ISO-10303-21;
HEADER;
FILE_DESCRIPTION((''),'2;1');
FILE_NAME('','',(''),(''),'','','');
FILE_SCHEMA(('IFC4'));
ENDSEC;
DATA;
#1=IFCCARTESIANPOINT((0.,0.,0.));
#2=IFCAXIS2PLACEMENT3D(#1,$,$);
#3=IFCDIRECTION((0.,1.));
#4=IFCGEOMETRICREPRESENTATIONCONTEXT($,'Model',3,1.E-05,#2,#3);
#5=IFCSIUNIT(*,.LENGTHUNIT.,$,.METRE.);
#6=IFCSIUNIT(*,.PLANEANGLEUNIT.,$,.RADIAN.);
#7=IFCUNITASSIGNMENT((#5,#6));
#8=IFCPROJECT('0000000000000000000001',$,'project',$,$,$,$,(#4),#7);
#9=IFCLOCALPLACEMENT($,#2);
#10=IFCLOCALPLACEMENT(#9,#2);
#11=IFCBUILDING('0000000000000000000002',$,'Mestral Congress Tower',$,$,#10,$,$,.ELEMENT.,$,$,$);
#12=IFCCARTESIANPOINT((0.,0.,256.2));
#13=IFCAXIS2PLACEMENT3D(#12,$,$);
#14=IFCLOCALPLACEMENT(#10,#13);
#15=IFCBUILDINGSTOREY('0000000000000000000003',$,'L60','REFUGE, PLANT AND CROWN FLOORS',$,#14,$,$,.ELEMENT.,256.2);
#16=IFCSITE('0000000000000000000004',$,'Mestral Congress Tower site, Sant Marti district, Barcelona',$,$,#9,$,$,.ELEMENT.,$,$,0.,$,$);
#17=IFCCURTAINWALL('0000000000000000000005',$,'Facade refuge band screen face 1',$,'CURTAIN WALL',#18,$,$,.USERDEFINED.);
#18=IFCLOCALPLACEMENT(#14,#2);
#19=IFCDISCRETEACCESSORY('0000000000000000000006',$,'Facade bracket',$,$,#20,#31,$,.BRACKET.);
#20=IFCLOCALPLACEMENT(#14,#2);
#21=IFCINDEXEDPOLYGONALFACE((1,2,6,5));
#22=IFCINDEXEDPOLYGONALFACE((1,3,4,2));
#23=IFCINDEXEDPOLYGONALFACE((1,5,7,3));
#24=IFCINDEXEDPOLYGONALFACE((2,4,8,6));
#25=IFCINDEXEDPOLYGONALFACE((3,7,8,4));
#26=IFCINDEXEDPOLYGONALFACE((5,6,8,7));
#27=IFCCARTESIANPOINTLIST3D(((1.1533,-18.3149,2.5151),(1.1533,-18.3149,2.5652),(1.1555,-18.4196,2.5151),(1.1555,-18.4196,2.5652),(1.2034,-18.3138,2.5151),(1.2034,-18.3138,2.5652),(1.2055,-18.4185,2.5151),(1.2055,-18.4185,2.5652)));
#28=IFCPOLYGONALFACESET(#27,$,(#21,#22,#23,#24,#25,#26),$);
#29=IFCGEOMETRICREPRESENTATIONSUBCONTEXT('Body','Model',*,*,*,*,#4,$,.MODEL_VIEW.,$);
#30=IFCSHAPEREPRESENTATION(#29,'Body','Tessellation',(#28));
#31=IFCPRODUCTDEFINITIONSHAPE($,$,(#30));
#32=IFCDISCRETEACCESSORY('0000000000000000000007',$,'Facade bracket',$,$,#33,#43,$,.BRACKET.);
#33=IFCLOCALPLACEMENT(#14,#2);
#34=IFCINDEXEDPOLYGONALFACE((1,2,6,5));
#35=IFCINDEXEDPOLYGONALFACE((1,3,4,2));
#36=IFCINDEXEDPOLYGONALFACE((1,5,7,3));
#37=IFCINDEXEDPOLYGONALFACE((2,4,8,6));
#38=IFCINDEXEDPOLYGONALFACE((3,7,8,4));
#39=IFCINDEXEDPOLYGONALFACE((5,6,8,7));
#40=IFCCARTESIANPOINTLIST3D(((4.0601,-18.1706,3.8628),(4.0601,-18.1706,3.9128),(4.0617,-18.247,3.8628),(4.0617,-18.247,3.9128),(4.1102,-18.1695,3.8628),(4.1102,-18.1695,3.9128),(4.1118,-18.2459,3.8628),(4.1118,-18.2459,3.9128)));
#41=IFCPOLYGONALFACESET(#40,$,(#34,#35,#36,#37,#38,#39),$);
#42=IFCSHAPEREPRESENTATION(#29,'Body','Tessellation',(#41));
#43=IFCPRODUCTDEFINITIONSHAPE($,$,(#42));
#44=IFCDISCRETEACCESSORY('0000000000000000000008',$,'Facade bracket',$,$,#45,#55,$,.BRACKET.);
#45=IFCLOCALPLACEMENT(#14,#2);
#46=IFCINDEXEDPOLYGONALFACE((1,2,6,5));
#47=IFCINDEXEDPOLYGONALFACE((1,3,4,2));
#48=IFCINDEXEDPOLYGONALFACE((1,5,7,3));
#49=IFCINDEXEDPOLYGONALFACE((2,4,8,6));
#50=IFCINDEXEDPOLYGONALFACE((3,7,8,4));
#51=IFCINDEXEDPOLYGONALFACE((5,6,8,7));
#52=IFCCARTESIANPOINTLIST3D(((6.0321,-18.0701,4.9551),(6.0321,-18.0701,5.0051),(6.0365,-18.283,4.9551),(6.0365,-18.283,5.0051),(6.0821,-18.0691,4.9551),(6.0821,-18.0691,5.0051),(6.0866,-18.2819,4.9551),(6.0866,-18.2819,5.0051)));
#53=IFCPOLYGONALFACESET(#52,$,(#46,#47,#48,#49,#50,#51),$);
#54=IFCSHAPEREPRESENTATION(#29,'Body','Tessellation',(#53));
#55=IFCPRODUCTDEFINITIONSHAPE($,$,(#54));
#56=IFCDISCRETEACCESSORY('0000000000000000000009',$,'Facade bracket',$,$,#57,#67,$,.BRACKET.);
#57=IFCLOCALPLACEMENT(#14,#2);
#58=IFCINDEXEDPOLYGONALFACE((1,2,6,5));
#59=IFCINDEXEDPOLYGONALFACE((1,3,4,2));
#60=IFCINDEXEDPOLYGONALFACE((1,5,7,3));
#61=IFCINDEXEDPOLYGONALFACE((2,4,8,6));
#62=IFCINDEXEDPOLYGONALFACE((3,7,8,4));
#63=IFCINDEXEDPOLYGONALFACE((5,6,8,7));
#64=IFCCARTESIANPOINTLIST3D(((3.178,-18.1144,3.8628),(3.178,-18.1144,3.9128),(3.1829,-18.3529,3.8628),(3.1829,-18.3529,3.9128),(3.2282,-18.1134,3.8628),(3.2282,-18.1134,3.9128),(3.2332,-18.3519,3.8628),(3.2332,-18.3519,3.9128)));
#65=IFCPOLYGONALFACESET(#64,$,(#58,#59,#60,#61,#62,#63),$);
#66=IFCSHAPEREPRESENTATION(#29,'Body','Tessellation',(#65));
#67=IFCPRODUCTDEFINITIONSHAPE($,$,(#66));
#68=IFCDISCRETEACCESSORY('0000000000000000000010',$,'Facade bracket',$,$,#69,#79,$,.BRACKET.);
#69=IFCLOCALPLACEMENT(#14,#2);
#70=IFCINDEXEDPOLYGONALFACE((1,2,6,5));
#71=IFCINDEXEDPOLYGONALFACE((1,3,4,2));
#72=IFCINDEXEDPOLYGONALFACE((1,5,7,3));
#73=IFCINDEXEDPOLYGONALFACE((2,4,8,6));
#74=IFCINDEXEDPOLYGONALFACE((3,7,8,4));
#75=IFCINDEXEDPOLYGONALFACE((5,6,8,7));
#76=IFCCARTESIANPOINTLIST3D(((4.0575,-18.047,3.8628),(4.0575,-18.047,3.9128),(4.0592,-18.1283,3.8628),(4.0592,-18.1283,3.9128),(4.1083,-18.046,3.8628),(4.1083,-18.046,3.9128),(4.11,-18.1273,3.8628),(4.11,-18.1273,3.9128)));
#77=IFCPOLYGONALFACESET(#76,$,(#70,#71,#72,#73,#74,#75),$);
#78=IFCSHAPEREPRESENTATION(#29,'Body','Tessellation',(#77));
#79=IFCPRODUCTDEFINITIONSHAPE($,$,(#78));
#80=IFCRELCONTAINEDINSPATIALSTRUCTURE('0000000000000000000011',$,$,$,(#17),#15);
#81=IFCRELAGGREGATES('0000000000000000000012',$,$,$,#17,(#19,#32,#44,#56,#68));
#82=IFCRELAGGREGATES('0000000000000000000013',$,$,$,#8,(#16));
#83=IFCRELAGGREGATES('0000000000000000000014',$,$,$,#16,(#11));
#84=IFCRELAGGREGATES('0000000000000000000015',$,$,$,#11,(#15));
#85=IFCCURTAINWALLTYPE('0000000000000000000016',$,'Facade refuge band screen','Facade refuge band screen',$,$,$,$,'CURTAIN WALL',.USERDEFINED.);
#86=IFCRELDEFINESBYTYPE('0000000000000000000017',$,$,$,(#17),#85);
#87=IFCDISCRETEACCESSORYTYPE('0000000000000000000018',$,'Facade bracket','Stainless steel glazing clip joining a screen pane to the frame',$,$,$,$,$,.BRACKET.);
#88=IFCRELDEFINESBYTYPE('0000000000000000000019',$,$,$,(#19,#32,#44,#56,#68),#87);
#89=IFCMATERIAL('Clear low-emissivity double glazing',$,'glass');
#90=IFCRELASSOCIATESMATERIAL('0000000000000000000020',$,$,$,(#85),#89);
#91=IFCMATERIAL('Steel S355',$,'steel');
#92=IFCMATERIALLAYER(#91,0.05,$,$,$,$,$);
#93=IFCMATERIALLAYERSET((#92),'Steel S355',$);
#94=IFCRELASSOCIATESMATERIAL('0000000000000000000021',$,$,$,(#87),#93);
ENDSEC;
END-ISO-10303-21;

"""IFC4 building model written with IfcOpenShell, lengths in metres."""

from ifc_helpers import new_model, si_unit, direction, frame, origin, origin_2d, place, context, subcontext, project, spatial, rectangle, extrude, material, layer, layer_set, type_object, element, aggregate, save


model = new_model("IFC4")

# Units and contexts
model_context = context("Model", 3, precision=1e-05, world=origin(), true_north=direction((0.0, 1.0)))
body_context = subcontext(model_context, "Body", "Model", "MODEL_VIEW")
ifc_project = project(units=[si_unit("LENGTHUNIT", "METRE"), si_unit("PLANEANGLEUNIT", "RADIAN")], contexts=[model_context])

# Site, building, storey
site_placement = place(None, origin())
site = spatial("IfcSite", under=ifc_project, at=site_placement, Name="Mestral Congress Tower site, Sant Marti district, Barcelona", CompositionType="ELEMENT", RefElevation=0.0)
building_placement = place(site_placement, origin())
building = spatial("IfcBuilding", under=site, at=building_placement, Name="Mestral Congress Tower", CompositionType="ELEMENT")
storey_placement = place(building_placement, frame((0.0, 0.0, 256.2)))
storey = spatial("IfcBuildingStorey", under=building, at=storey_placement, Name="L60", Description="REFUGE, PLANT AND CROWN FLOORS", CompositionType="ELEMENT", Elevation=256.2)

# Shared definitions
ifc_material_1 = material(Name="Steel S355", Category="steel")

# Curtain wall
ifc_material_2 = material(Name="Clear low-emissivity double glazing", Category="glass")
curtain_wall_type = type_object("IfcCurtainWallType", Name="Facade refuge band screen", Description="Facade refuge band screen", ElementType="CURTAIN WALL", PredefinedType="USERDEFINED", material=ifc_material_2)
curtain_wall_placement = place(storey_placement, origin())
curtain_wall = element("IfcCurtainWall", 1, at=curtain_wall_placement, inside=storey, type_object=curtain_wall_type, Name="Facade refuge band screen face 1", ObjectType="CURTAIN WALL", PredefinedType="USERDEFINED")

# Discrete accessories
ifc_layer_1 = layer(ifc_material_1, 0.05)
ifc_layer_set_1 = layer_set([ifc_layer_1], Name="Steel S355")
discrete_accessory_type = type_object("IfcDiscreteAccessoryType", Name="Facade bracket", Description="Stainless steel glazing clip joining a screen pane to the frame", PredefinedType="BRACKET", material=ifc_layer_set_1)
discrete_accessory_1_placement = place(storey_placement, frame((1.1794, -18.3667, 2.5151), z_axis=(0.0, 0.0, 1.0), x_axis=(0.999785, 0.020733, 0.0)))
discrete_accessory_1 = element("IfcDiscreteAccessory", 2, at=discrete_accessory_1_placement, type_object=discrete_accessory_type, Name="Facade bracket", PredefinedType="BRACKET", context=body_context, shape_type="SweptSolid", body=[
    extrude(rectangle(XDim=0.05, YDim=0.1047, at=origin_2d()), origin(), (0.0, 0.0, 1.0), 0.05),
])
discrete_accessory_2_placement = place(storey_placement, frame((4.0859, -18.2083, 3.8628), z_axis=(0.0, 0.0, 1.0), x_axis=(0.999784, 0.020777, 0.0)))
discrete_accessory_2 = element("IfcDiscreteAccessory", 3, at=discrete_accessory_2_placement, type_object=discrete_accessory_type, Name="Facade bracket", PredefinedType="BRACKET", context=body_context, shape_type="SweptSolid", body=[
    extrude(rectangle(XDim=0.05, YDim=0.0764, at=origin_2d()), origin(), (0.0, 0.0, 1.0), 0.05),
])
discrete_accessory_3_placement = place(storey_placement, frame((6.0593, -18.176, 4.9551), z_axis=(0.0, 0.0, 1.0), x_axis=(0.999784, 0.020764, 0.0)))
discrete_accessory_3 = element("IfcDiscreteAccessory", 4, at=discrete_accessory_3_placement, type_object=discrete_accessory_type, Name="Facade bracket", PredefinedType="BRACKET", context=body_context, shape_type="SweptSolid", body=[
    extrude(rectangle(XDim=0.05, YDim=0.2129, at=origin_2d()), origin(), (0.0, 0.0, 1.0), 0.05),
])
discrete_accessory_4_placement = place(storey_placement, frame((3.2056, -18.2332, 3.8628), z_axis=(0.0, 0.0, 1.0), x_axis=(0.999785, 0.020745, 0.0)))
discrete_accessory_4 = element("IfcDiscreteAccessory", 5, at=discrete_accessory_4_placement, type_object=discrete_accessory_type, Name="Facade bracket", PredefinedType="BRACKET", context=body_context, shape_type="SweptSolid", body=[
    extrude(rectangle(XDim=0.0503, YDim=0.2385, at=origin_2d()), origin(), (0.0, 0.0, 1.0), 0.05),
])
discrete_accessory_5_placement = place(storey_placement, frame((4.0837, -18.0872, 3.8628), z_axis=(0.0, 0.0, 1.0), x_axis=(0.999784, 0.020775, 0.0)))
discrete_accessory_5 = element("IfcDiscreteAccessory", 6, at=discrete_accessory_5_placement, type_object=discrete_accessory_type, Name="Facade bracket", PredefinedType="BRACKET", context=body_context, shape_type="SweptSolid", body=[
    extrude(rectangle(XDim=0.0508, YDim=0.0813, at=origin_2d()), origin(), (0.0, 0.0, 1.0), 0.05),
])
aggregate(curtain_wall, [discrete_accessory_1, discrete_accessory_2, discrete_accessory_3, discrete_accessory_4, discrete_accessory_5])

save(model, "model.ifc")
